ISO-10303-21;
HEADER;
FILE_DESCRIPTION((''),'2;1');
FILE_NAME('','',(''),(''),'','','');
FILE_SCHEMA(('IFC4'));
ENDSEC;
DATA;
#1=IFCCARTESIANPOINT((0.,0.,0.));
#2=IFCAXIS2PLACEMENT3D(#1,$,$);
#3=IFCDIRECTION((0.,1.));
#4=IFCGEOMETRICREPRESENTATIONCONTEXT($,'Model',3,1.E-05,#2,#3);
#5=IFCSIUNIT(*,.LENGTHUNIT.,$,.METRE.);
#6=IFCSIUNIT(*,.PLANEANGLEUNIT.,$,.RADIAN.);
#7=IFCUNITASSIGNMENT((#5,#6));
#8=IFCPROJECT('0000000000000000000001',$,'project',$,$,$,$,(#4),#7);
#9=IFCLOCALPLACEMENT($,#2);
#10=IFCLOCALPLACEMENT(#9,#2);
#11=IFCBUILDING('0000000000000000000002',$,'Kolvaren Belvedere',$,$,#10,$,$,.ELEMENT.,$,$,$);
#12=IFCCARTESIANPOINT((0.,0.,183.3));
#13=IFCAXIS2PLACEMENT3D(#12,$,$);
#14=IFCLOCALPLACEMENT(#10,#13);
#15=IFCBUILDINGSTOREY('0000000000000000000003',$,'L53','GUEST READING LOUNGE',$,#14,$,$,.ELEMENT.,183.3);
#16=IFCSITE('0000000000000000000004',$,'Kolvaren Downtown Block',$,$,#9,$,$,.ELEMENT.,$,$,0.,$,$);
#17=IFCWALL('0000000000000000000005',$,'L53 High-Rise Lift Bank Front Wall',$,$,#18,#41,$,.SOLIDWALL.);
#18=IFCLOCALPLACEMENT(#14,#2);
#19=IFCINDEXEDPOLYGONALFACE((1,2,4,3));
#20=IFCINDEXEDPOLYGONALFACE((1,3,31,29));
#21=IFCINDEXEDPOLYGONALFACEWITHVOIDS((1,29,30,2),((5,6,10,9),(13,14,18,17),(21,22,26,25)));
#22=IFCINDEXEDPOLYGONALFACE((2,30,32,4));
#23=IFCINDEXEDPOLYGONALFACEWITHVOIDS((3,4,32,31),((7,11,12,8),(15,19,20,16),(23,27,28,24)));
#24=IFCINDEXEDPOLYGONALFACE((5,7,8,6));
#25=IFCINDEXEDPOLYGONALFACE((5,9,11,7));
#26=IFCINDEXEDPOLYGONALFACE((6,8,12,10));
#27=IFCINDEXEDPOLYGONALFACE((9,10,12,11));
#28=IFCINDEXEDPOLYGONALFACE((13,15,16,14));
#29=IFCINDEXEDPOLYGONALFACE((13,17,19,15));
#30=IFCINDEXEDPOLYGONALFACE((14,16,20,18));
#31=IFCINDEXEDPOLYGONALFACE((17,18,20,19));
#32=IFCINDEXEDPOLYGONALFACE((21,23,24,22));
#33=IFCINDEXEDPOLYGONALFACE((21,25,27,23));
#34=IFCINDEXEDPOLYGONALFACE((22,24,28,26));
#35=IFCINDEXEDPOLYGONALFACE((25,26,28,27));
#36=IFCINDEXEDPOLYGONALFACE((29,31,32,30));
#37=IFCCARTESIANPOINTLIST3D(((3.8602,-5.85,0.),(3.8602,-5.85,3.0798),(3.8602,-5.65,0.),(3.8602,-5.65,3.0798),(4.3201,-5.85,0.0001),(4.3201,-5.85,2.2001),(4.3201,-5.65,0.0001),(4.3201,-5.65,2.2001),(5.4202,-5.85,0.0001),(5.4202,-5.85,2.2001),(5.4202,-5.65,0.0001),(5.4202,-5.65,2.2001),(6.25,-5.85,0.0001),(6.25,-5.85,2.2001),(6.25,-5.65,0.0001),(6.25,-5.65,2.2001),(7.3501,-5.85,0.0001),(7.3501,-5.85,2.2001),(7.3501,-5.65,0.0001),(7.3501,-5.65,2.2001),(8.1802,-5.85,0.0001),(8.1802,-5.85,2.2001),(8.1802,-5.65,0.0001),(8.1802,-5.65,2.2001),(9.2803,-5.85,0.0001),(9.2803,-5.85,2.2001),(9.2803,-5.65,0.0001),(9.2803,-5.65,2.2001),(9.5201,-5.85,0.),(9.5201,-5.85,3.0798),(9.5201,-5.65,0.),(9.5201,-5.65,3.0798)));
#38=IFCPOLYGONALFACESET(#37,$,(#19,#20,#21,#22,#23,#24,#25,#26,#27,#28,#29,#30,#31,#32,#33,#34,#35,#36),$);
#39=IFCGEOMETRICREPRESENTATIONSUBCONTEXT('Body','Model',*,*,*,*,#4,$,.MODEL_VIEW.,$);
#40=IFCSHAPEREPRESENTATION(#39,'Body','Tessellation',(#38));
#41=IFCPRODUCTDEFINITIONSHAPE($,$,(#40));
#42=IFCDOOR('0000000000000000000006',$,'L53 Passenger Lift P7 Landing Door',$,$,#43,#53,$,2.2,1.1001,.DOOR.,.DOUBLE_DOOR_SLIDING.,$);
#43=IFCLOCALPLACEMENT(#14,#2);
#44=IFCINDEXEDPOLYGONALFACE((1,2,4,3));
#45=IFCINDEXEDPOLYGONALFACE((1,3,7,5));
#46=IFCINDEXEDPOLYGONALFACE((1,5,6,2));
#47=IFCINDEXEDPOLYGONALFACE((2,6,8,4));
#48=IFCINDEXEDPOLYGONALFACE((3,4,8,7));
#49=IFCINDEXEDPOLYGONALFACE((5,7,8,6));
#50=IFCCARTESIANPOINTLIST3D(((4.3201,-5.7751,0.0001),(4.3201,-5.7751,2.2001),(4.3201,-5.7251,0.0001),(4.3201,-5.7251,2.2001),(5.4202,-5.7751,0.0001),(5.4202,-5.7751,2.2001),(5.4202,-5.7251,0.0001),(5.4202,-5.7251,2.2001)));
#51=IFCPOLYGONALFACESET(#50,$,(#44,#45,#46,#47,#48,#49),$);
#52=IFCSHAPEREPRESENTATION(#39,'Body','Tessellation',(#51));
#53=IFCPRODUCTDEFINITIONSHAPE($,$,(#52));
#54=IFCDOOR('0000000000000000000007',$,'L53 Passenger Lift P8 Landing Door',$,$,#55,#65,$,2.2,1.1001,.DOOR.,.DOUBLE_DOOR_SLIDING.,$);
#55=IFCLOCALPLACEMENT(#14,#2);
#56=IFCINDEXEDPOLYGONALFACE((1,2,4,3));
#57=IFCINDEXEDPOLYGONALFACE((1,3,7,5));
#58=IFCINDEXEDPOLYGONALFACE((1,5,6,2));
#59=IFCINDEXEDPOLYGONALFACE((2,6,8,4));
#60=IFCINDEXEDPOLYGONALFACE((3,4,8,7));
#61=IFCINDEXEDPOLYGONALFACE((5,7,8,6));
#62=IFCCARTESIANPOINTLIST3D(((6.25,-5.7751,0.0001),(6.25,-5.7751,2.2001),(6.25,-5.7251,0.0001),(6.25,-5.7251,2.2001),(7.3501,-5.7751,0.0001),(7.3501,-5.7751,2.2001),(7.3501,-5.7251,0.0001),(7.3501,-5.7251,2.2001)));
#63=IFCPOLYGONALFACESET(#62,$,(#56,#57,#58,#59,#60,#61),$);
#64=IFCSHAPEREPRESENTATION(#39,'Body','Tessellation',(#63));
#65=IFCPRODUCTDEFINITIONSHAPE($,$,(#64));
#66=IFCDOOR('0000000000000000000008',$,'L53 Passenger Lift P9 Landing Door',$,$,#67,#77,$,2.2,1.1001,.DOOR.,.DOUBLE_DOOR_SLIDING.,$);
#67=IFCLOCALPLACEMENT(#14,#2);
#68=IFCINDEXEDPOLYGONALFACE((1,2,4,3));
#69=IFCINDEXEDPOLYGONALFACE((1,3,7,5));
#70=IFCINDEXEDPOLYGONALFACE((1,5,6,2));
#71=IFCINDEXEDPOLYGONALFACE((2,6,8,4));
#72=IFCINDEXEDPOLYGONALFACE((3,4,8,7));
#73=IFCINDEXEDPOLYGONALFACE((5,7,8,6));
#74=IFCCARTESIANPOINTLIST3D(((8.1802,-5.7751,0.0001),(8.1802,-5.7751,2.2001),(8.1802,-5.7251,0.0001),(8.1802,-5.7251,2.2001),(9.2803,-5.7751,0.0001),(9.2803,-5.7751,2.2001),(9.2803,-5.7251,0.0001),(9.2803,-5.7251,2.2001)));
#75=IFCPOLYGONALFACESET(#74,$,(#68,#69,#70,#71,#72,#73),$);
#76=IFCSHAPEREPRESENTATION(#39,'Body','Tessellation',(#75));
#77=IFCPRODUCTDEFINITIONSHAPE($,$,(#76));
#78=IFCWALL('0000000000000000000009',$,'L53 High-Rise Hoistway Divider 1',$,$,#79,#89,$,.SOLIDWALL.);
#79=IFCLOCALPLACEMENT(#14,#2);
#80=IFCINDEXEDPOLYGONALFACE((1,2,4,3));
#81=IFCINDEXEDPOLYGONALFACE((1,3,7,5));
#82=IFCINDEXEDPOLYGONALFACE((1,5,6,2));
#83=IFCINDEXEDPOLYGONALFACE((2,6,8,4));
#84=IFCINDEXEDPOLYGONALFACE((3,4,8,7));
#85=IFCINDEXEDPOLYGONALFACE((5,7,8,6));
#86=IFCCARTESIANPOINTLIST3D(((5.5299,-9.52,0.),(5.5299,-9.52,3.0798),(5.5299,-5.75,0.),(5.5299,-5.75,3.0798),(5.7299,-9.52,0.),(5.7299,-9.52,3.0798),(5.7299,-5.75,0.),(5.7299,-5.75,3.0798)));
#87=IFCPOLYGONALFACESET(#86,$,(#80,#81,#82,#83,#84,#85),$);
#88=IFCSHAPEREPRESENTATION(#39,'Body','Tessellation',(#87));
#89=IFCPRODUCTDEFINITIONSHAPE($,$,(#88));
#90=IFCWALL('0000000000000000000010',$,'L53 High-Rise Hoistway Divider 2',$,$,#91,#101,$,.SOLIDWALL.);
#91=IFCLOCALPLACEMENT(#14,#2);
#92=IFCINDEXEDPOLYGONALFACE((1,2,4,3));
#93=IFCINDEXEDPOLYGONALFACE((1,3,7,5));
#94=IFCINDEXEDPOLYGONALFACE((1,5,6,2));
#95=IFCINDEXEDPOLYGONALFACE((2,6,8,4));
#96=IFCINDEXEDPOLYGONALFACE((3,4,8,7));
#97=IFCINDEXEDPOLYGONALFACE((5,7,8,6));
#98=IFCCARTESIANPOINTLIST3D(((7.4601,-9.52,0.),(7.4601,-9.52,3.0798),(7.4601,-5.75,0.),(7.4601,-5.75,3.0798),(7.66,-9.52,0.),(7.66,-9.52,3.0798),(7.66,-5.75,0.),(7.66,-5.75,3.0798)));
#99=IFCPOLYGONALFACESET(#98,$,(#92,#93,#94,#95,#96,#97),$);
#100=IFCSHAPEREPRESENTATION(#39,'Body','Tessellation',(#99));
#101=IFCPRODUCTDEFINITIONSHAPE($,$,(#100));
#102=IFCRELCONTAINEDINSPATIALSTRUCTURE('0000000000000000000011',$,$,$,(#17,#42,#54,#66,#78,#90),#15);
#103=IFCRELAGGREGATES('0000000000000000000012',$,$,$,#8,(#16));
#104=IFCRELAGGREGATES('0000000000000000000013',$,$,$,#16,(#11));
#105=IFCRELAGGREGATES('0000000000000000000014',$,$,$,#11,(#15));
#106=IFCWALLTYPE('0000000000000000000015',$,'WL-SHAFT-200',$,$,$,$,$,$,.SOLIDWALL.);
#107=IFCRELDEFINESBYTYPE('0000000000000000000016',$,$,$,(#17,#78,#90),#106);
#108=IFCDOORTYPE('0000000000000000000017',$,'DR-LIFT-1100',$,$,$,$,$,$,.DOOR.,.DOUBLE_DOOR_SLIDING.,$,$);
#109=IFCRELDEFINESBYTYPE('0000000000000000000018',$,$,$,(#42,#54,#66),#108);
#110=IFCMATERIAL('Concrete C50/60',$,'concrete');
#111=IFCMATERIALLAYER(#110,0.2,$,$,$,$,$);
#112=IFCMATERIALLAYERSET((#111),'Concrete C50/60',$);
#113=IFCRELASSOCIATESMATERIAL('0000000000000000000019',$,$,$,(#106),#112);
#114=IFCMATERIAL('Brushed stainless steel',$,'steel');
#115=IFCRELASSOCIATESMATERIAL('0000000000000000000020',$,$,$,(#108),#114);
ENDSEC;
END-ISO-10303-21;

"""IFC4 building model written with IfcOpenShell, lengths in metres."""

from ifc_helpers import new_model, si_unit, direction, frame, frame_2d, origin, place, context, subcontext, project, spatial, rectangle, extrude, material, layer, layer_set, type_object, element, fill, save


model = new_model("IFC4")

# Units and contexts
model_context = context("Model", 3, precision=1e-05, world=origin(), true_north=direction((0.0, 1.0)))
body_context = subcontext(model_context, "Body", "Model", "MODEL_VIEW")
ifc_project = project(units=[si_unit("LENGTHUNIT", "METRE"), si_unit("PLANEANGLEUNIT", "RADIAN")], contexts=[model_context])

# Site, building, storey
site_placement = place(None, origin())
site = spatial("IfcSite", under=ifc_project, at=site_placement, Name="Kolvaren Downtown Block", CompositionType="ELEMENT", RefElevation=0.0)
building_placement = place(site_placement, origin())
building = spatial("IfcBuilding", under=site, at=building_placement, Name="Kolvaren Belvedere", CompositionType="ELEMENT")
storey_placement = place(building_placement, frame((0.0, 0.0, 183.3)))
storey = spatial("IfcBuildingStorey", under=building, at=storey_placement, Name="L53", Description="GUEST READING LOUNGE", CompositionType="ELEMENT", Elevation=183.3)

# Shared definitions
ifc_material_1 = material(Name="Concrete C50/60", Category="concrete")
ifc_layer_1 = layer(ifc_material_1, 0.2)
ifc_layer_set_1 = layer_set([ifc_layer_1], Name="Concrete C50/60")
wall_type_1 = type_object("IfcWallType", Name="WL-SHAFT-200", PredefinedType="SOLIDWALL", material=ifc_layer_set_1)
ifc_material_2 = material(Name="Brushed stainless steel", Category="steel")
door_type_1 = type_object("IfcDoorType", Name="DR-LIFT-1100", OperationType="DOUBLE_DOOR_SLIDING", PredefinedType="DOOR", material=ifc_material_2)

# Wall, openings, doors
wall_1_placement = place(storey_placement, frame((3.8601, -5.75, 0.0), z_axis=(0.0, 0.0, 1.0), x_axis=(1.0, 0.0, 0.0)))
wall_1 = element("IfcWall", 1, at=wall_1_placement, inside=storey, type_object=wall_type_1, Name="L53 High-Rise Lift Bank Front Wall", PredefinedType="SOLIDWALL", context=body_context, shape_type="SweptSolid", body=[
    extrude(rectangle(XDim=5.6599, YDim=0.2, at=frame_2d((2.8301, 0.0))), origin(), (0.0, 0.0, 1.0), 3.0798),
])
opening_1_placement = place(wall_1_placement, frame((0.46, 0.0, 0.0)))
opening_1 = element("IfcOpeningElement", 2, at=opening_1_placement, cuts=wall_1, PredefinedType="OPENING", context=body_context, shape_type="SweptSolid", body=[
    extrude(rectangle(XDim=1.1001, YDim=2.2, at=frame_2d((0.55, 1.1001))), frame((0.0, 0.1099, 0.0), z_axis=(0.0, -1.0, 0.0), x_axis=(1.0, 0.0, 0.0)), (0.0, 0.0, 1.0), 0.22),
])
opening_2_placement = place(wall_1_placement, frame((2.3899, 0.0, 0.0)))
opening_2 = element("IfcOpeningElement", 3, at=opening_2_placement, cuts=wall_1, PredefinedType="OPENING", context=body_context, shape_type="SweptSolid", body=[
    extrude(rectangle(XDim=1.1001, YDim=2.2, at=frame_2d((0.55, 1.1001))), frame((0.0, 0.1099, 0.0), z_axis=(0.0, -1.0, 0.0), x_axis=(1.0, 0.0, 0.0)), (0.0, 0.0, 1.0), 0.22),
])
opening_3_placement = place(wall_1_placement, frame((4.3201, 0.0, 0.0)))
opening_3 = element("IfcOpeningElement", 4, at=opening_3_placement, cuts=wall_1, PredefinedType="OPENING", context=body_context, shape_type="SweptSolid", body=[
    extrude(rectangle(XDim=1.1001, YDim=2.2, at=frame_2d((0.55, 1.1001))), frame((0.0, 0.1099, 0.0), z_axis=(0.0, -1.0, 0.0), x_axis=(1.0, 0.0, 0.0)), (0.0, 0.0, 1.0), 0.22),
])
door_1_placement = place(opening_1_placement, origin())
door_1 = element("IfcDoor", 5, at=door_1_placement, inside=storey, type_object=door_type_1, Name="L53 Passenger Lift P7 Landing Door", OperationType="DOUBLE_DOOR_SLIDING", OverallHeight=2.2, OverallWidth=1.1001, PredefinedType="DOOR", context=body_context, shape_type="SweptSolid", body=[
    extrude(rectangle(XDim=1.1001, YDim=2.2, at=frame_2d((0.55, 1.1001))), frame((0.0, 0.0249, 0.0), z_axis=(0.0, -1.0, 0.0), x_axis=(1.0, 0.0, 0.0)), (0.0, 0.0, 1.0), 0.05),
])
fill(opening_1, door_1)
door_2_placement = place(opening_2_placement, origin())
door_2 = element("IfcDoor", 6, at=door_2_placement, inside=storey, type_object=door_type_1, Name="L53 Passenger Lift P8 Landing Door", OperationType="DOUBLE_DOOR_SLIDING", OverallHeight=2.2, OverallWidth=1.1001, PredefinedType="DOOR", context=body_context, shape_type="SweptSolid", body=[
    extrude(rectangle(XDim=1.1001, YDim=2.2, at=frame_2d((0.55, 1.1001))), frame((0.0, 0.0249, 0.0), z_axis=(0.0, -1.0, 0.0), x_axis=(1.0, 0.0, 0.0)), (0.0, 0.0, 1.0), 0.05),
])
fill(opening_2, door_2)
door_3_placement = place(opening_3_placement, origin())
door_3 = element("IfcDoor", 7, at=door_3_placement, inside=storey, type_object=door_type_1, Name="L53 Passenger Lift P9 Landing Door", OperationType="DOUBLE_DOOR_SLIDING", OverallHeight=2.2, OverallWidth=1.1001, PredefinedType="DOOR", context=body_context, shape_type="SweptSolid", body=[
    extrude(rectangle(XDim=1.1001, YDim=2.2, at=frame_2d((0.55, 1.1001))), frame((0.0, 0.0249, 0.0), z_axis=(0.0, -1.0, 0.0), x_axis=(1.0, 0.0, 0.0)), (0.0, 0.0, 1.0), 0.05),
])
fill(opening_3, door_3)

# Walls
for number, where, z_axis, x_axis, name in (
    (8, (5.6299, -9.52, 0.0), (0.0, 0.0, 1.0), (0.0, 1.0, 0.0), "L53 High-Rise Hoistway Divider 1"),
    (9, (7.5601, -9.52, 0.0), (0.0, 0.0, 1.0), (0.0, 1.0, 0.0), "L53 High-Rise Hoistway Divider 2"),
):
    element("IfcWall", number, at=place(storey_placement, frame(where, z_axis=z_axis, x_axis=x_axis)), inside=storey, type_object=wall_type_1, Name=name, PredefinedType="SOLIDWALL", context=body_context, shape_type="SweptSolid", body=[
        extrude(rectangle(XDim=3.77, YDim=0.2, at=frame_2d((1.885, 0.0))), origin(), (0.0, 0.0, 1.0), 3.0798),
    ])

save(model, "model.ifc")
